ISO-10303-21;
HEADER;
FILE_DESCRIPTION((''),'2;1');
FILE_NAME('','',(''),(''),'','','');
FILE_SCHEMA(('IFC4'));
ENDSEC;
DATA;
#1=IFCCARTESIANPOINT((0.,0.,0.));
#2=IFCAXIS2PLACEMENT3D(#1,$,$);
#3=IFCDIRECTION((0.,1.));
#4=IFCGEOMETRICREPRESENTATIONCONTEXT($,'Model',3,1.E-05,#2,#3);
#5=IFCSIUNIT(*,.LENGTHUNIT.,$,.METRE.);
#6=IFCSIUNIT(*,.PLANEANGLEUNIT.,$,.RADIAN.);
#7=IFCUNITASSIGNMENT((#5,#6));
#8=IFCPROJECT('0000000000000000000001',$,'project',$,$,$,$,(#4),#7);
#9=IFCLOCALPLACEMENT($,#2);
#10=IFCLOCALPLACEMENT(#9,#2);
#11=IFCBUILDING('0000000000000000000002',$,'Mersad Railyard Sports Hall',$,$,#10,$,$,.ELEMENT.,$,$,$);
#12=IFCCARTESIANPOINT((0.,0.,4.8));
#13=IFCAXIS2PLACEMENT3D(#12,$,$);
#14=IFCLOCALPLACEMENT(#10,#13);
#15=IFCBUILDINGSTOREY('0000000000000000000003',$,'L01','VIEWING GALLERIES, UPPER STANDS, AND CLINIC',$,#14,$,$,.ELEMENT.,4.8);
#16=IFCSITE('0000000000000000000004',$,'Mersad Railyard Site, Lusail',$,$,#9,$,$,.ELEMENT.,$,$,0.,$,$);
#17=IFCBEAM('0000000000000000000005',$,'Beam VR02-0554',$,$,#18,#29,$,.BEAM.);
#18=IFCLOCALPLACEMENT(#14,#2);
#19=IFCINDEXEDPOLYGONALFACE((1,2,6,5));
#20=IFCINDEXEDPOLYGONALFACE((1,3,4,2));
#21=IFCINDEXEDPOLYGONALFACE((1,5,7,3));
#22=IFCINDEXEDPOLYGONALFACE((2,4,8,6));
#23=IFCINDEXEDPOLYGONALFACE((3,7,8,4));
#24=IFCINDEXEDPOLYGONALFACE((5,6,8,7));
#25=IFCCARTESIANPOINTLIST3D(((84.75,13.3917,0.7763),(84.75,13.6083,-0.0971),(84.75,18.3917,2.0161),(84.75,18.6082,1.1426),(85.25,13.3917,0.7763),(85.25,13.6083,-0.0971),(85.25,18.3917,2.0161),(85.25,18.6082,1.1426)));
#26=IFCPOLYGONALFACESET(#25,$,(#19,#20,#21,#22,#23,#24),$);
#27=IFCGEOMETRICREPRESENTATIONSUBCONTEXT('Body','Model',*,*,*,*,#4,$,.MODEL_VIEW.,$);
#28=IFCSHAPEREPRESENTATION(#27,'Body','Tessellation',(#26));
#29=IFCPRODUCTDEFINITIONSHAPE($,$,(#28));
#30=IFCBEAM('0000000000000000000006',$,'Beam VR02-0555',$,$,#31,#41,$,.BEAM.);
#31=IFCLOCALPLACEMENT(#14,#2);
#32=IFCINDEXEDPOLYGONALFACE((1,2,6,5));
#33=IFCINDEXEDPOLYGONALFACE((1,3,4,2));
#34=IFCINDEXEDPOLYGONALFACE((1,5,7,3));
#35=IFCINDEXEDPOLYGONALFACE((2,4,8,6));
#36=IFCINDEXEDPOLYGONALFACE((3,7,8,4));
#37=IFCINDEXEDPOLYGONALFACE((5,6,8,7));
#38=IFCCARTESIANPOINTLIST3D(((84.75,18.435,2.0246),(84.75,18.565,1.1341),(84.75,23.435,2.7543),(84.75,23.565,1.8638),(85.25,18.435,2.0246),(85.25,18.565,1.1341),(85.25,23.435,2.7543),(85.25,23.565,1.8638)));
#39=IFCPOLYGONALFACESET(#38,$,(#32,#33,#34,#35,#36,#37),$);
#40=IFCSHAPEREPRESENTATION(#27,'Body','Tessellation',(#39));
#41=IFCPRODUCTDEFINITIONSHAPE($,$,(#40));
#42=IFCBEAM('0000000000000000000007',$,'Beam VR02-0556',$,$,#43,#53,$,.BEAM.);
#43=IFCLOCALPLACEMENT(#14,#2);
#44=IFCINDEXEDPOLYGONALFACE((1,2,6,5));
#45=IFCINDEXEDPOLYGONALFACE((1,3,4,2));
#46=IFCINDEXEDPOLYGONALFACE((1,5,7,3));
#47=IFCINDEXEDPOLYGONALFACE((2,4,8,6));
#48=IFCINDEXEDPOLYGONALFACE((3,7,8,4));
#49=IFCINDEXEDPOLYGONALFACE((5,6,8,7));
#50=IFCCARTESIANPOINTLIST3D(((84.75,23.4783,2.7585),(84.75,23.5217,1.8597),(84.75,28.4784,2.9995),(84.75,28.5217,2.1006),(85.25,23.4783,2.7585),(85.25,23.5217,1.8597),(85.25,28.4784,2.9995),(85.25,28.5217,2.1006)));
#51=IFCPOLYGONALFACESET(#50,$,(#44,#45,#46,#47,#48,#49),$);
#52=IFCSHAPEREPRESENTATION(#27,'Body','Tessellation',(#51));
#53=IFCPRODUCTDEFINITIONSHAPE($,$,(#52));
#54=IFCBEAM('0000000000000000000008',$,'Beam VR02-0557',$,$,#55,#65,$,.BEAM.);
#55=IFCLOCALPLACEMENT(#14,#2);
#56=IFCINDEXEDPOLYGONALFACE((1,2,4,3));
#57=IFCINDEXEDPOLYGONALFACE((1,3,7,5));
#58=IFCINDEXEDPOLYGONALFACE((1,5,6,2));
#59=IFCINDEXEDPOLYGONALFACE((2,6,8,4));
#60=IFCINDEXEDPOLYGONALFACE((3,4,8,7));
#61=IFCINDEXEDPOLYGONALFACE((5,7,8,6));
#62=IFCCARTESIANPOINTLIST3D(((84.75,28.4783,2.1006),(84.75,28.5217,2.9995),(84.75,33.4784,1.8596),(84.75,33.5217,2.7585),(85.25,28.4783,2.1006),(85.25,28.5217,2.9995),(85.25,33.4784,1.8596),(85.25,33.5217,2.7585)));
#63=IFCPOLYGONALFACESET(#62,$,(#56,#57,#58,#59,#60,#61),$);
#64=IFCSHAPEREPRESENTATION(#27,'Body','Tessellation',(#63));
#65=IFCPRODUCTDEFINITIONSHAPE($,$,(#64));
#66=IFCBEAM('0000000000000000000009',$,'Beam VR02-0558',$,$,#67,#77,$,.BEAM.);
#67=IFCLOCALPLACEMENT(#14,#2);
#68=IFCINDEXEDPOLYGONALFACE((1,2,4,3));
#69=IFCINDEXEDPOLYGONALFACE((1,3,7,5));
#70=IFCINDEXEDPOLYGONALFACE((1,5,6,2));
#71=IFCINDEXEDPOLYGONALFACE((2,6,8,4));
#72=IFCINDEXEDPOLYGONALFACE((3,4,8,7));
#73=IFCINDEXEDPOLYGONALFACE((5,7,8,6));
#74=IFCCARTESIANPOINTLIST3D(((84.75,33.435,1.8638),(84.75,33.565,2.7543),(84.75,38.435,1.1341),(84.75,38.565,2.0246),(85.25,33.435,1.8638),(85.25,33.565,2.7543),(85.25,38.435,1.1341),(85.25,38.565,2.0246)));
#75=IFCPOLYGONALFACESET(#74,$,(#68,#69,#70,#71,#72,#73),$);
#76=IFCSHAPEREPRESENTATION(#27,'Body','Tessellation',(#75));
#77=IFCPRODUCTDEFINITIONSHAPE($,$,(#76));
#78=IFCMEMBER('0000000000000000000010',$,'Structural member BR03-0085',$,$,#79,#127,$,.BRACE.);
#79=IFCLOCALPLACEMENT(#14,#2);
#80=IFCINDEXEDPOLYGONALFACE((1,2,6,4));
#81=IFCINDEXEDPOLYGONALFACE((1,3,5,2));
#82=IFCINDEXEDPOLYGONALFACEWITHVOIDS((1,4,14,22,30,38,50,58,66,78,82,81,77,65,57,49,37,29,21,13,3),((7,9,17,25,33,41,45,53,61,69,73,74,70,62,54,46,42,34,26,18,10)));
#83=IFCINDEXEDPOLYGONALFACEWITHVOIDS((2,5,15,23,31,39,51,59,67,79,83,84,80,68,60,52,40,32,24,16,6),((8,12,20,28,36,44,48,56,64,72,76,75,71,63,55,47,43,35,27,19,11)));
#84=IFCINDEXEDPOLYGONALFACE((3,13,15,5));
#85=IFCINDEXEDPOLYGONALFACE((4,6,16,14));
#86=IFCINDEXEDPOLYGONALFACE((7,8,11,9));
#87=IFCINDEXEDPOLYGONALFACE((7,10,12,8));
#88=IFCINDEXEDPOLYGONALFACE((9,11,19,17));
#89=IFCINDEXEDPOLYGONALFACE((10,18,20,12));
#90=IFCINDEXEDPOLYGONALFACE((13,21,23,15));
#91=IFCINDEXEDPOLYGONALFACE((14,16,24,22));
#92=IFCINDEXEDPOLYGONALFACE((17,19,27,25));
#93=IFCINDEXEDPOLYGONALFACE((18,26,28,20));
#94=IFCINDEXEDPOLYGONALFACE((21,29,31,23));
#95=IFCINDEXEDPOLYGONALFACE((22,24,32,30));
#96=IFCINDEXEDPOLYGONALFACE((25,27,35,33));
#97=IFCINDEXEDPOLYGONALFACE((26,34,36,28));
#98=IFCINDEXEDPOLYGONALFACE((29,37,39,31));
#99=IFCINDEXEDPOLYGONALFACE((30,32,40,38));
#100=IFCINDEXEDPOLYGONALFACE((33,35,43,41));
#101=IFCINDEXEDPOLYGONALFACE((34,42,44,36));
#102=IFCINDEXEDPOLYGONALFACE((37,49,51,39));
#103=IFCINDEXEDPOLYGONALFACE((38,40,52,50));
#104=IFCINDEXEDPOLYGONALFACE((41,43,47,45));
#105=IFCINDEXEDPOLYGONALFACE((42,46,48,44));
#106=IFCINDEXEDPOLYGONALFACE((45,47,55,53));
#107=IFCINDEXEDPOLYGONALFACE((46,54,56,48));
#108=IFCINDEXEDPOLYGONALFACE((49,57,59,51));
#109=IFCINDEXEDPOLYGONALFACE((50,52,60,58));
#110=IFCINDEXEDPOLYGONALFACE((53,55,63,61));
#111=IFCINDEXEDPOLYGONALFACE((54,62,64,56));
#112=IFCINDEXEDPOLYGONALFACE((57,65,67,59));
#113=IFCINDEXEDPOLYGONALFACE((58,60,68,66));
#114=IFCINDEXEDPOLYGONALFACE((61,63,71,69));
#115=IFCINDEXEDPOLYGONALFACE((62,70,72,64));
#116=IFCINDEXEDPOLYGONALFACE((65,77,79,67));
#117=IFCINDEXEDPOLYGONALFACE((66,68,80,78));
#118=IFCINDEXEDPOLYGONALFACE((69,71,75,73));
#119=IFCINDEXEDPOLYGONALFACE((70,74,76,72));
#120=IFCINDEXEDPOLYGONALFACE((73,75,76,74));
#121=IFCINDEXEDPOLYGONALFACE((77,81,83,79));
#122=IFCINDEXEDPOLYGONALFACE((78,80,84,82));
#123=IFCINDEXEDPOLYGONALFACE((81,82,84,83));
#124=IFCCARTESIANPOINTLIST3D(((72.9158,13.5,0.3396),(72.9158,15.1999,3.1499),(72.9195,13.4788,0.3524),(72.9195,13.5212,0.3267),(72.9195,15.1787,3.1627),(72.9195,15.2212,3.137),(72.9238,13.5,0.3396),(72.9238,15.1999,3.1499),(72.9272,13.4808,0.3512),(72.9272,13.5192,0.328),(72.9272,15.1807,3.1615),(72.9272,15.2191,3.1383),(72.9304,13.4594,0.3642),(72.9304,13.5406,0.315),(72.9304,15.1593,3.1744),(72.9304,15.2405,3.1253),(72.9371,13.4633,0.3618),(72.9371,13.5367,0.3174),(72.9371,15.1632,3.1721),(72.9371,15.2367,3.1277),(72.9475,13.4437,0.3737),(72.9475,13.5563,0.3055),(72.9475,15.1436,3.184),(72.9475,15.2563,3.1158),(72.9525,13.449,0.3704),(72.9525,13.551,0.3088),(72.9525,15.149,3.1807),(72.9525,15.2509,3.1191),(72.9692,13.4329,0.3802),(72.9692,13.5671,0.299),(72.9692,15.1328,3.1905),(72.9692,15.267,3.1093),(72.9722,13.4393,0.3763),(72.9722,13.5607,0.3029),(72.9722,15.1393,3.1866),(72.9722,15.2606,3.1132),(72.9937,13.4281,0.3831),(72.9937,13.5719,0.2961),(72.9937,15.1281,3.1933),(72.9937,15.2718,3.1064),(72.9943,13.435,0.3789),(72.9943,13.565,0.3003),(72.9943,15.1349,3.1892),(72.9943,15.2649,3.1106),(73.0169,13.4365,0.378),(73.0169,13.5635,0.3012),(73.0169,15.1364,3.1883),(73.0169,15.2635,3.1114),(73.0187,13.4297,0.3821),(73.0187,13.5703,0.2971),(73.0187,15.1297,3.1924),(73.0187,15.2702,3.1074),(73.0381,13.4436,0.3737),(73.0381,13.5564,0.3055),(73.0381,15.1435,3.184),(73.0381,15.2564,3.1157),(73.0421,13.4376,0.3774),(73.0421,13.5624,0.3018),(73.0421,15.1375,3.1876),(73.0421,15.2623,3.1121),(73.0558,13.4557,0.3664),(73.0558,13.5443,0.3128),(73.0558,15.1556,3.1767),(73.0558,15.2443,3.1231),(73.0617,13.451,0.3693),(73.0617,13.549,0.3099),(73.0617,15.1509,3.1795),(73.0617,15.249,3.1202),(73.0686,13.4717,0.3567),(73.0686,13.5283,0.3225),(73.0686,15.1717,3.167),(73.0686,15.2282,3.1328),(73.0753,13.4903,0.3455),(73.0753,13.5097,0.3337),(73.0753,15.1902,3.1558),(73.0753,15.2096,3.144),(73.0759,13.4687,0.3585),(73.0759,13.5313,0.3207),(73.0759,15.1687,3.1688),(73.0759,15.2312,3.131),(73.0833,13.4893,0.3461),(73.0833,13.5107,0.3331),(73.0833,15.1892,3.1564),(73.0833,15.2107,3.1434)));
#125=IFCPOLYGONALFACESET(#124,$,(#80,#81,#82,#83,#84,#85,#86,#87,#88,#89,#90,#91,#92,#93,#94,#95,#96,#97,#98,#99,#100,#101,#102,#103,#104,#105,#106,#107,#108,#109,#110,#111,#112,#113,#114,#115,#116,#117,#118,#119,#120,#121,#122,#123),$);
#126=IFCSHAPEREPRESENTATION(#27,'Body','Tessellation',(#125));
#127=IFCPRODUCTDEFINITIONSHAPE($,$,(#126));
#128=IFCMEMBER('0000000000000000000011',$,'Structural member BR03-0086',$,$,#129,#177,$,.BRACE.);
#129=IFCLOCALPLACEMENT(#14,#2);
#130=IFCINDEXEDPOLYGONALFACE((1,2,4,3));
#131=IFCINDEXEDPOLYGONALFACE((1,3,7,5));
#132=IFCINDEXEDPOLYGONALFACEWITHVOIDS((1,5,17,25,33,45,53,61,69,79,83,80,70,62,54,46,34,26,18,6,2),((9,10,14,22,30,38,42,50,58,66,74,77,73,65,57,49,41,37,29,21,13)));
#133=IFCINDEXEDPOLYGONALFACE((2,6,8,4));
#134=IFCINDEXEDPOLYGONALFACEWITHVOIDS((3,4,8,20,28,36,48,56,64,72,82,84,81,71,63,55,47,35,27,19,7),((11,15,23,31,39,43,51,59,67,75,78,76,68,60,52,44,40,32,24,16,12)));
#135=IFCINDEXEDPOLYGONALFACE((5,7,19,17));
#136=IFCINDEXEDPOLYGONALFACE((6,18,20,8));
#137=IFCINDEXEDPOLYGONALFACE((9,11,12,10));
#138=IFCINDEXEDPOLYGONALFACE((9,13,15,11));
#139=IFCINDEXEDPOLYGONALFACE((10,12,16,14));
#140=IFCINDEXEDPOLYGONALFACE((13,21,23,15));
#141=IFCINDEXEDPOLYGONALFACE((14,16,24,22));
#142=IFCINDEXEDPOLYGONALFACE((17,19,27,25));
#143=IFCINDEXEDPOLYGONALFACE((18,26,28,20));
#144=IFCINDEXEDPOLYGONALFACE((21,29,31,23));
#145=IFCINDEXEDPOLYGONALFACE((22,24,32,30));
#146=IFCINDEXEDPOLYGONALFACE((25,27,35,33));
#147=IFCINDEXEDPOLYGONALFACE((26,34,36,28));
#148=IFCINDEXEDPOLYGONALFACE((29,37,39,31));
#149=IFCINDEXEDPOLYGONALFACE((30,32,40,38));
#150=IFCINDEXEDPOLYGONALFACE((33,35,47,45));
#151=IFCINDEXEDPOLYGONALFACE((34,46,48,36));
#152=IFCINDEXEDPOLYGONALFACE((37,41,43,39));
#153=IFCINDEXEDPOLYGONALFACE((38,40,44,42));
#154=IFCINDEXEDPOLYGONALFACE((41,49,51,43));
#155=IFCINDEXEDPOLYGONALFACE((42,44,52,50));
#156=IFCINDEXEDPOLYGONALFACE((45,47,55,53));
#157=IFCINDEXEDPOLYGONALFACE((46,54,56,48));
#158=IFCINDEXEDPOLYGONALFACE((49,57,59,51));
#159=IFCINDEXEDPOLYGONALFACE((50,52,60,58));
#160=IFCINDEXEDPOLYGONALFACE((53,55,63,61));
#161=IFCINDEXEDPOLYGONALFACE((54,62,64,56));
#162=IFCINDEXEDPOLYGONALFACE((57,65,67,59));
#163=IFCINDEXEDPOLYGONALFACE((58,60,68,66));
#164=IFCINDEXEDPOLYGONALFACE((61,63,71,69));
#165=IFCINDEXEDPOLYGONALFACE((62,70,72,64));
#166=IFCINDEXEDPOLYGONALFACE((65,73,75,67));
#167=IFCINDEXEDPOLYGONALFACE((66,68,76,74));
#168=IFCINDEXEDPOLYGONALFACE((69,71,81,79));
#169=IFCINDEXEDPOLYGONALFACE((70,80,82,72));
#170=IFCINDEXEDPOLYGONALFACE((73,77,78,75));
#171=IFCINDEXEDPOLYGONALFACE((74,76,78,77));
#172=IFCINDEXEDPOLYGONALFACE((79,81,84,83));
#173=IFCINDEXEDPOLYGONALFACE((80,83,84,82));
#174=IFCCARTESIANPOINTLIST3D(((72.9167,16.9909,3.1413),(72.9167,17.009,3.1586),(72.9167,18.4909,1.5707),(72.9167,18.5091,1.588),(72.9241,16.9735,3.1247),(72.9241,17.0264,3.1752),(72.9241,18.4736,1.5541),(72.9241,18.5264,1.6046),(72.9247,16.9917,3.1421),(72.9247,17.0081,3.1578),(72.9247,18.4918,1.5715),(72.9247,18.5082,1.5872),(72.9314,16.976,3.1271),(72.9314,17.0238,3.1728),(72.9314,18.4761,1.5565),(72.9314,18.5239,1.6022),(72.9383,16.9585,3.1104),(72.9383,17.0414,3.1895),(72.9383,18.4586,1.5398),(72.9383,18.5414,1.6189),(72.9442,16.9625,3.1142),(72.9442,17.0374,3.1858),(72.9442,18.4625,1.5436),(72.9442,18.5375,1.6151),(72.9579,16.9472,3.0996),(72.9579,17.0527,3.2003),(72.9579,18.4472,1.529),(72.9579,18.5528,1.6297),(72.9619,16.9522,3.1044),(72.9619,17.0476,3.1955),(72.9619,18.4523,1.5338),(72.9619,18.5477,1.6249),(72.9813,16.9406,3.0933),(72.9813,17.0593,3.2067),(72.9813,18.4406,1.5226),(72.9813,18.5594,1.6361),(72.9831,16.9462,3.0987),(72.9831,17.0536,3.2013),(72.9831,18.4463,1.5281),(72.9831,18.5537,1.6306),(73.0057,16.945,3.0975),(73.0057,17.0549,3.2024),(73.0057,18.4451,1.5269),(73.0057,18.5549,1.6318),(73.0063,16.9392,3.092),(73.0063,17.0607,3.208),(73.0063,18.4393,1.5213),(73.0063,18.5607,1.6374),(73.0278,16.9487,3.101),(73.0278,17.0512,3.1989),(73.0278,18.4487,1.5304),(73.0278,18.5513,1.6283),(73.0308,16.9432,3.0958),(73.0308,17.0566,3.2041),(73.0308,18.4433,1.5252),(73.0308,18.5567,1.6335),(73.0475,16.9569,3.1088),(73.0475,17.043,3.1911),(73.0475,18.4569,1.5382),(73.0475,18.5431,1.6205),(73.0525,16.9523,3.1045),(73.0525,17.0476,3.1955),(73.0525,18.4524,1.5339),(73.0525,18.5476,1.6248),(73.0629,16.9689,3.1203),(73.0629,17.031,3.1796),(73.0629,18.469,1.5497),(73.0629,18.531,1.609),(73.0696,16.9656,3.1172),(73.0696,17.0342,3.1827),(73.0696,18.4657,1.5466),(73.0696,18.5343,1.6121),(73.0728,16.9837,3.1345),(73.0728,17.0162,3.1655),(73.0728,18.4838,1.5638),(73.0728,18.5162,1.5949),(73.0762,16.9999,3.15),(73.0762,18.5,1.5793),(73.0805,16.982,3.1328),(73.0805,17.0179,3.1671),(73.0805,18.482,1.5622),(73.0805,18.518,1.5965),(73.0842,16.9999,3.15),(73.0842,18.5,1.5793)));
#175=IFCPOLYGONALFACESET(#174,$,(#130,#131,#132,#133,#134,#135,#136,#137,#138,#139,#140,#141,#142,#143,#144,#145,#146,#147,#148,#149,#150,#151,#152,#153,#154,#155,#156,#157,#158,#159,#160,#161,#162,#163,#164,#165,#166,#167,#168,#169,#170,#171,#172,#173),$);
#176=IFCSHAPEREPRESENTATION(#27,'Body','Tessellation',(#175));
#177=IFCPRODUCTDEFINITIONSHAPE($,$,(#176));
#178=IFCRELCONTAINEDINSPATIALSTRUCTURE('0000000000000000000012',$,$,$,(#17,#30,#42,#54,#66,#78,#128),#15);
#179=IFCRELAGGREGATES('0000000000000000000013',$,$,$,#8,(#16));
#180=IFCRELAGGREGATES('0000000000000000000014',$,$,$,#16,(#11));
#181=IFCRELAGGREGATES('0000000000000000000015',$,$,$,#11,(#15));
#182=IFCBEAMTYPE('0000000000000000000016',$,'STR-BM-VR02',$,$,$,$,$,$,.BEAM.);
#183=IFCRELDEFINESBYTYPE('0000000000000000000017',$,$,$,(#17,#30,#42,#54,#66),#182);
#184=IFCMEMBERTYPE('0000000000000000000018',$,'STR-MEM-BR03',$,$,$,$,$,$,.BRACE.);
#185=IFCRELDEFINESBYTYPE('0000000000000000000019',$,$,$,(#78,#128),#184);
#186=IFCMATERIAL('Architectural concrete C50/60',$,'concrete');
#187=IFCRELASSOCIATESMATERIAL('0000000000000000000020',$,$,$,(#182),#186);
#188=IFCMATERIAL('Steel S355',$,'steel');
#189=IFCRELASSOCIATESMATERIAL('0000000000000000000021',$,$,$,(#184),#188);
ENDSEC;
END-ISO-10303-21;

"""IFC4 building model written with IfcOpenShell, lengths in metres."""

from ifc_helpers import new_model, si_unit, direction, frame, origin, origin_2d, place, context, subcontext, project, spatial, rectangle, hollow_circle, extrude, material, material_profile, profile_set, type_object, element, save


model = new_model("IFC4")

# Units and contexts
model_context = context("Model", 3, precision=1e-05, world=origin(), true_north=direction((0.0, 1.0)))
body_context = subcontext(model_context, "Body", "Model", "MODEL_VIEW")
ifc_project = project(units=[si_unit("LENGTHUNIT", "METRE"), si_unit("PLANEANGLEUNIT", "RADIAN")], contexts=[model_context])

# Site, building, storey
site_placement = place(None, origin())
site = spatial("IfcSite", under=ifc_project, at=site_placement, Name="Mersad Railyard Site, Lusail", CompositionType="ELEMENT", RefElevation=0.0)
building_placement = place(site_placement, origin())
building = spatial("IfcBuilding", under=site, at=building_placement, Name="Mersad Railyard Sports Hall", CompositionType="ELEMENT")
storey_placement = place(building_placement, frame((0.0, 0.0, 4.8)))
storey = spatial("IfcBuildingStorey", under=building, at=storey_placement, Name="L01", Description="VIEWING GALLERIES, UPPER STANDS, AND CLINIC", CompositionType="ELEMENT", Elevation=4.8)

# Beams
ifc_material_1 = material(Name="Architectural concrete C50/60", Category="concrete")
ifc_material_profile_1 = material_profile(ifc_material_1, rectangle(XDim=0.5, YDim=0.8999, at=origin_2d()), Name="VR 500x900")
ifc_profile_set_1 = profile_set([ifc_material_profile_1], Name="Architectural concrete C50/60")
beam_type_1 = type_object("IfcBeamType", Name="STR-BM-VR02", PredefinedType="BEAM", material=ifc_profile_set_1)
for number, where, z_axis, x_axis, name in (
    (1, (85.0, 13.5, 0.3396), (0.0, 0.970609, 0.240662), (-1.0, 0.0, 0.0), "Beam VR02-0554"),
):
    element("IfcBeam", number, at=place(storey_placement, frame(where, z_axis=z_axis, x_axis=x_axis)), inside=storey, type_object=beam_type_1, Name=name, PredefinedType="BEAM", context=body_context, shape_type="SweptSolid", body=[
        extrude(rectangle(XDim=0.5, YDim=0.8999, at=origin_2d()), origin(), (0.0, 0.0, 1.0), 5.1514),
    ])
beam_1_placement = place(storey_placement, frame((85.0, 18.5, 1.5793), z_axis=(0.0, 0.989517, 0.144417), x_axis=(-1.0, 0.0, 0.0)))
element("IfcBeam", 2, at=beam_1_placement, inside=storey, type_object=beam_type_1, Name="Beam VR02-0555", PredefinedType="BEAM", context=body_context, shape_type="SweptSolid", body=[
    extrude(rectangle(XDim=0.5, YDim=0.8999, at=origin_2d()), origin(), (0.0, 0.0, 1.0), 5.053),
])
for number, where, z_axis, x_axis, name in (
    (3, (85.0, 23.5, 2.3091), (0.0, 0.998841, 0.048137), (-1.0, 0.0, 0.0), "Beam VR02-0556"),
    (4, (85.0, 28.5, 2.55), (0.0, 0.998841, -0.048137), (-1.0, 0.0, 0.0), "Beam VR02-0557"),
):
    element("IfcBeam", number, at=place(storey_placement, frame(where, z_axis=z_axis, x_axis=x_axis)), inside=storey, type_object=beam_type_1, Name=name, PredefinedType="BEAM", context=body_context, shape_type="SweptSolid", body=[
        extrude(rectangle(XDim=0.5, YDim=0.8999, at=origin_2d()), origin(), (0.0, 0.0, 1.0), 5.0059),
    ])
beam_2_placement = place(storey_placement, frame((85.0, 33.5, 2.3091), z_axis=(0.0, 0.989517, -0.144417), x_axis=(-1.0, 0.0, 0.0)))
element("IfcBeam", 5, at=beam_2_placement, inside=storey, type_object=beam_type_1, Name="Beam VR02-0558", PredefinedType="BEAM", context=body_context, shape_type="SweptSolid", body=[
    extrude(rectangle(XDim=0.5, YDim=0.8999, at=origin_2d()), origin(), (0.0, 0.0, 1.0), 5.053),
])

# Members
ifc_material_2 = material(Name="Steel S355", Category="steel")
ifc_material_profile_2 = material_profile(ifc_material_2, hollow_circle(Radius=0.0842, WallThickness=0.0081, at=origin_2d()), Name="CHS 168.3x8")
ifc_profile_set_2 = profile_set([ifc_material_profile_2], Name="Steel S355")
member_type_1 = type_object("IfcMemberType", Name="STR-MEM-BR03", PredefinedType="BRACE", material=ifc_profile_set_2)
member_1_placement = place(storey_placement, frame((73.0, 13.5, 0.3396), z_axis=(0.0, 0.517575, 0.855638), x_axis=(-1.0, 0.0, 0.0)))
element("IfcMember", 6, at=member_1_placement, inside=storey, type_object=member_type_1, Name="Structural member BR03-0085", PredefinedType="BRACE", context=body_context, shape_type="SweptSolid", body=[
    extrude(hollow_circle(Radius=0.0842, WallThickness=0.0081, at=origin_2d()), origin(), (0.0, 0.0, 1.0), 3.2844),
])
for number, where, z_axis, x_axis, name in (
    (7, (73.0, 18.5, 1.5793), (0.0, -0.690676, 0.723164), (1.0, 0.0, 0.0), "Structural member BR03-0086"),
):
    element("IfcMember", number, at=place(storey_placement, frame(where, z_axis=z_axis, x_axis=x_axis)), inside=storey, type_object=member_type_1, Name=name, PredefinedType="BRACE", context=body_context, shape_type="SweptSolid", body=[
        extrude(hollow_circle(Radius=0.0842, WallThickness=0.0081, at=origin_2d()), origin(), (0.0, 0.0, 1.0), 2.1719),
    ])

save(model, "model.ifc")
